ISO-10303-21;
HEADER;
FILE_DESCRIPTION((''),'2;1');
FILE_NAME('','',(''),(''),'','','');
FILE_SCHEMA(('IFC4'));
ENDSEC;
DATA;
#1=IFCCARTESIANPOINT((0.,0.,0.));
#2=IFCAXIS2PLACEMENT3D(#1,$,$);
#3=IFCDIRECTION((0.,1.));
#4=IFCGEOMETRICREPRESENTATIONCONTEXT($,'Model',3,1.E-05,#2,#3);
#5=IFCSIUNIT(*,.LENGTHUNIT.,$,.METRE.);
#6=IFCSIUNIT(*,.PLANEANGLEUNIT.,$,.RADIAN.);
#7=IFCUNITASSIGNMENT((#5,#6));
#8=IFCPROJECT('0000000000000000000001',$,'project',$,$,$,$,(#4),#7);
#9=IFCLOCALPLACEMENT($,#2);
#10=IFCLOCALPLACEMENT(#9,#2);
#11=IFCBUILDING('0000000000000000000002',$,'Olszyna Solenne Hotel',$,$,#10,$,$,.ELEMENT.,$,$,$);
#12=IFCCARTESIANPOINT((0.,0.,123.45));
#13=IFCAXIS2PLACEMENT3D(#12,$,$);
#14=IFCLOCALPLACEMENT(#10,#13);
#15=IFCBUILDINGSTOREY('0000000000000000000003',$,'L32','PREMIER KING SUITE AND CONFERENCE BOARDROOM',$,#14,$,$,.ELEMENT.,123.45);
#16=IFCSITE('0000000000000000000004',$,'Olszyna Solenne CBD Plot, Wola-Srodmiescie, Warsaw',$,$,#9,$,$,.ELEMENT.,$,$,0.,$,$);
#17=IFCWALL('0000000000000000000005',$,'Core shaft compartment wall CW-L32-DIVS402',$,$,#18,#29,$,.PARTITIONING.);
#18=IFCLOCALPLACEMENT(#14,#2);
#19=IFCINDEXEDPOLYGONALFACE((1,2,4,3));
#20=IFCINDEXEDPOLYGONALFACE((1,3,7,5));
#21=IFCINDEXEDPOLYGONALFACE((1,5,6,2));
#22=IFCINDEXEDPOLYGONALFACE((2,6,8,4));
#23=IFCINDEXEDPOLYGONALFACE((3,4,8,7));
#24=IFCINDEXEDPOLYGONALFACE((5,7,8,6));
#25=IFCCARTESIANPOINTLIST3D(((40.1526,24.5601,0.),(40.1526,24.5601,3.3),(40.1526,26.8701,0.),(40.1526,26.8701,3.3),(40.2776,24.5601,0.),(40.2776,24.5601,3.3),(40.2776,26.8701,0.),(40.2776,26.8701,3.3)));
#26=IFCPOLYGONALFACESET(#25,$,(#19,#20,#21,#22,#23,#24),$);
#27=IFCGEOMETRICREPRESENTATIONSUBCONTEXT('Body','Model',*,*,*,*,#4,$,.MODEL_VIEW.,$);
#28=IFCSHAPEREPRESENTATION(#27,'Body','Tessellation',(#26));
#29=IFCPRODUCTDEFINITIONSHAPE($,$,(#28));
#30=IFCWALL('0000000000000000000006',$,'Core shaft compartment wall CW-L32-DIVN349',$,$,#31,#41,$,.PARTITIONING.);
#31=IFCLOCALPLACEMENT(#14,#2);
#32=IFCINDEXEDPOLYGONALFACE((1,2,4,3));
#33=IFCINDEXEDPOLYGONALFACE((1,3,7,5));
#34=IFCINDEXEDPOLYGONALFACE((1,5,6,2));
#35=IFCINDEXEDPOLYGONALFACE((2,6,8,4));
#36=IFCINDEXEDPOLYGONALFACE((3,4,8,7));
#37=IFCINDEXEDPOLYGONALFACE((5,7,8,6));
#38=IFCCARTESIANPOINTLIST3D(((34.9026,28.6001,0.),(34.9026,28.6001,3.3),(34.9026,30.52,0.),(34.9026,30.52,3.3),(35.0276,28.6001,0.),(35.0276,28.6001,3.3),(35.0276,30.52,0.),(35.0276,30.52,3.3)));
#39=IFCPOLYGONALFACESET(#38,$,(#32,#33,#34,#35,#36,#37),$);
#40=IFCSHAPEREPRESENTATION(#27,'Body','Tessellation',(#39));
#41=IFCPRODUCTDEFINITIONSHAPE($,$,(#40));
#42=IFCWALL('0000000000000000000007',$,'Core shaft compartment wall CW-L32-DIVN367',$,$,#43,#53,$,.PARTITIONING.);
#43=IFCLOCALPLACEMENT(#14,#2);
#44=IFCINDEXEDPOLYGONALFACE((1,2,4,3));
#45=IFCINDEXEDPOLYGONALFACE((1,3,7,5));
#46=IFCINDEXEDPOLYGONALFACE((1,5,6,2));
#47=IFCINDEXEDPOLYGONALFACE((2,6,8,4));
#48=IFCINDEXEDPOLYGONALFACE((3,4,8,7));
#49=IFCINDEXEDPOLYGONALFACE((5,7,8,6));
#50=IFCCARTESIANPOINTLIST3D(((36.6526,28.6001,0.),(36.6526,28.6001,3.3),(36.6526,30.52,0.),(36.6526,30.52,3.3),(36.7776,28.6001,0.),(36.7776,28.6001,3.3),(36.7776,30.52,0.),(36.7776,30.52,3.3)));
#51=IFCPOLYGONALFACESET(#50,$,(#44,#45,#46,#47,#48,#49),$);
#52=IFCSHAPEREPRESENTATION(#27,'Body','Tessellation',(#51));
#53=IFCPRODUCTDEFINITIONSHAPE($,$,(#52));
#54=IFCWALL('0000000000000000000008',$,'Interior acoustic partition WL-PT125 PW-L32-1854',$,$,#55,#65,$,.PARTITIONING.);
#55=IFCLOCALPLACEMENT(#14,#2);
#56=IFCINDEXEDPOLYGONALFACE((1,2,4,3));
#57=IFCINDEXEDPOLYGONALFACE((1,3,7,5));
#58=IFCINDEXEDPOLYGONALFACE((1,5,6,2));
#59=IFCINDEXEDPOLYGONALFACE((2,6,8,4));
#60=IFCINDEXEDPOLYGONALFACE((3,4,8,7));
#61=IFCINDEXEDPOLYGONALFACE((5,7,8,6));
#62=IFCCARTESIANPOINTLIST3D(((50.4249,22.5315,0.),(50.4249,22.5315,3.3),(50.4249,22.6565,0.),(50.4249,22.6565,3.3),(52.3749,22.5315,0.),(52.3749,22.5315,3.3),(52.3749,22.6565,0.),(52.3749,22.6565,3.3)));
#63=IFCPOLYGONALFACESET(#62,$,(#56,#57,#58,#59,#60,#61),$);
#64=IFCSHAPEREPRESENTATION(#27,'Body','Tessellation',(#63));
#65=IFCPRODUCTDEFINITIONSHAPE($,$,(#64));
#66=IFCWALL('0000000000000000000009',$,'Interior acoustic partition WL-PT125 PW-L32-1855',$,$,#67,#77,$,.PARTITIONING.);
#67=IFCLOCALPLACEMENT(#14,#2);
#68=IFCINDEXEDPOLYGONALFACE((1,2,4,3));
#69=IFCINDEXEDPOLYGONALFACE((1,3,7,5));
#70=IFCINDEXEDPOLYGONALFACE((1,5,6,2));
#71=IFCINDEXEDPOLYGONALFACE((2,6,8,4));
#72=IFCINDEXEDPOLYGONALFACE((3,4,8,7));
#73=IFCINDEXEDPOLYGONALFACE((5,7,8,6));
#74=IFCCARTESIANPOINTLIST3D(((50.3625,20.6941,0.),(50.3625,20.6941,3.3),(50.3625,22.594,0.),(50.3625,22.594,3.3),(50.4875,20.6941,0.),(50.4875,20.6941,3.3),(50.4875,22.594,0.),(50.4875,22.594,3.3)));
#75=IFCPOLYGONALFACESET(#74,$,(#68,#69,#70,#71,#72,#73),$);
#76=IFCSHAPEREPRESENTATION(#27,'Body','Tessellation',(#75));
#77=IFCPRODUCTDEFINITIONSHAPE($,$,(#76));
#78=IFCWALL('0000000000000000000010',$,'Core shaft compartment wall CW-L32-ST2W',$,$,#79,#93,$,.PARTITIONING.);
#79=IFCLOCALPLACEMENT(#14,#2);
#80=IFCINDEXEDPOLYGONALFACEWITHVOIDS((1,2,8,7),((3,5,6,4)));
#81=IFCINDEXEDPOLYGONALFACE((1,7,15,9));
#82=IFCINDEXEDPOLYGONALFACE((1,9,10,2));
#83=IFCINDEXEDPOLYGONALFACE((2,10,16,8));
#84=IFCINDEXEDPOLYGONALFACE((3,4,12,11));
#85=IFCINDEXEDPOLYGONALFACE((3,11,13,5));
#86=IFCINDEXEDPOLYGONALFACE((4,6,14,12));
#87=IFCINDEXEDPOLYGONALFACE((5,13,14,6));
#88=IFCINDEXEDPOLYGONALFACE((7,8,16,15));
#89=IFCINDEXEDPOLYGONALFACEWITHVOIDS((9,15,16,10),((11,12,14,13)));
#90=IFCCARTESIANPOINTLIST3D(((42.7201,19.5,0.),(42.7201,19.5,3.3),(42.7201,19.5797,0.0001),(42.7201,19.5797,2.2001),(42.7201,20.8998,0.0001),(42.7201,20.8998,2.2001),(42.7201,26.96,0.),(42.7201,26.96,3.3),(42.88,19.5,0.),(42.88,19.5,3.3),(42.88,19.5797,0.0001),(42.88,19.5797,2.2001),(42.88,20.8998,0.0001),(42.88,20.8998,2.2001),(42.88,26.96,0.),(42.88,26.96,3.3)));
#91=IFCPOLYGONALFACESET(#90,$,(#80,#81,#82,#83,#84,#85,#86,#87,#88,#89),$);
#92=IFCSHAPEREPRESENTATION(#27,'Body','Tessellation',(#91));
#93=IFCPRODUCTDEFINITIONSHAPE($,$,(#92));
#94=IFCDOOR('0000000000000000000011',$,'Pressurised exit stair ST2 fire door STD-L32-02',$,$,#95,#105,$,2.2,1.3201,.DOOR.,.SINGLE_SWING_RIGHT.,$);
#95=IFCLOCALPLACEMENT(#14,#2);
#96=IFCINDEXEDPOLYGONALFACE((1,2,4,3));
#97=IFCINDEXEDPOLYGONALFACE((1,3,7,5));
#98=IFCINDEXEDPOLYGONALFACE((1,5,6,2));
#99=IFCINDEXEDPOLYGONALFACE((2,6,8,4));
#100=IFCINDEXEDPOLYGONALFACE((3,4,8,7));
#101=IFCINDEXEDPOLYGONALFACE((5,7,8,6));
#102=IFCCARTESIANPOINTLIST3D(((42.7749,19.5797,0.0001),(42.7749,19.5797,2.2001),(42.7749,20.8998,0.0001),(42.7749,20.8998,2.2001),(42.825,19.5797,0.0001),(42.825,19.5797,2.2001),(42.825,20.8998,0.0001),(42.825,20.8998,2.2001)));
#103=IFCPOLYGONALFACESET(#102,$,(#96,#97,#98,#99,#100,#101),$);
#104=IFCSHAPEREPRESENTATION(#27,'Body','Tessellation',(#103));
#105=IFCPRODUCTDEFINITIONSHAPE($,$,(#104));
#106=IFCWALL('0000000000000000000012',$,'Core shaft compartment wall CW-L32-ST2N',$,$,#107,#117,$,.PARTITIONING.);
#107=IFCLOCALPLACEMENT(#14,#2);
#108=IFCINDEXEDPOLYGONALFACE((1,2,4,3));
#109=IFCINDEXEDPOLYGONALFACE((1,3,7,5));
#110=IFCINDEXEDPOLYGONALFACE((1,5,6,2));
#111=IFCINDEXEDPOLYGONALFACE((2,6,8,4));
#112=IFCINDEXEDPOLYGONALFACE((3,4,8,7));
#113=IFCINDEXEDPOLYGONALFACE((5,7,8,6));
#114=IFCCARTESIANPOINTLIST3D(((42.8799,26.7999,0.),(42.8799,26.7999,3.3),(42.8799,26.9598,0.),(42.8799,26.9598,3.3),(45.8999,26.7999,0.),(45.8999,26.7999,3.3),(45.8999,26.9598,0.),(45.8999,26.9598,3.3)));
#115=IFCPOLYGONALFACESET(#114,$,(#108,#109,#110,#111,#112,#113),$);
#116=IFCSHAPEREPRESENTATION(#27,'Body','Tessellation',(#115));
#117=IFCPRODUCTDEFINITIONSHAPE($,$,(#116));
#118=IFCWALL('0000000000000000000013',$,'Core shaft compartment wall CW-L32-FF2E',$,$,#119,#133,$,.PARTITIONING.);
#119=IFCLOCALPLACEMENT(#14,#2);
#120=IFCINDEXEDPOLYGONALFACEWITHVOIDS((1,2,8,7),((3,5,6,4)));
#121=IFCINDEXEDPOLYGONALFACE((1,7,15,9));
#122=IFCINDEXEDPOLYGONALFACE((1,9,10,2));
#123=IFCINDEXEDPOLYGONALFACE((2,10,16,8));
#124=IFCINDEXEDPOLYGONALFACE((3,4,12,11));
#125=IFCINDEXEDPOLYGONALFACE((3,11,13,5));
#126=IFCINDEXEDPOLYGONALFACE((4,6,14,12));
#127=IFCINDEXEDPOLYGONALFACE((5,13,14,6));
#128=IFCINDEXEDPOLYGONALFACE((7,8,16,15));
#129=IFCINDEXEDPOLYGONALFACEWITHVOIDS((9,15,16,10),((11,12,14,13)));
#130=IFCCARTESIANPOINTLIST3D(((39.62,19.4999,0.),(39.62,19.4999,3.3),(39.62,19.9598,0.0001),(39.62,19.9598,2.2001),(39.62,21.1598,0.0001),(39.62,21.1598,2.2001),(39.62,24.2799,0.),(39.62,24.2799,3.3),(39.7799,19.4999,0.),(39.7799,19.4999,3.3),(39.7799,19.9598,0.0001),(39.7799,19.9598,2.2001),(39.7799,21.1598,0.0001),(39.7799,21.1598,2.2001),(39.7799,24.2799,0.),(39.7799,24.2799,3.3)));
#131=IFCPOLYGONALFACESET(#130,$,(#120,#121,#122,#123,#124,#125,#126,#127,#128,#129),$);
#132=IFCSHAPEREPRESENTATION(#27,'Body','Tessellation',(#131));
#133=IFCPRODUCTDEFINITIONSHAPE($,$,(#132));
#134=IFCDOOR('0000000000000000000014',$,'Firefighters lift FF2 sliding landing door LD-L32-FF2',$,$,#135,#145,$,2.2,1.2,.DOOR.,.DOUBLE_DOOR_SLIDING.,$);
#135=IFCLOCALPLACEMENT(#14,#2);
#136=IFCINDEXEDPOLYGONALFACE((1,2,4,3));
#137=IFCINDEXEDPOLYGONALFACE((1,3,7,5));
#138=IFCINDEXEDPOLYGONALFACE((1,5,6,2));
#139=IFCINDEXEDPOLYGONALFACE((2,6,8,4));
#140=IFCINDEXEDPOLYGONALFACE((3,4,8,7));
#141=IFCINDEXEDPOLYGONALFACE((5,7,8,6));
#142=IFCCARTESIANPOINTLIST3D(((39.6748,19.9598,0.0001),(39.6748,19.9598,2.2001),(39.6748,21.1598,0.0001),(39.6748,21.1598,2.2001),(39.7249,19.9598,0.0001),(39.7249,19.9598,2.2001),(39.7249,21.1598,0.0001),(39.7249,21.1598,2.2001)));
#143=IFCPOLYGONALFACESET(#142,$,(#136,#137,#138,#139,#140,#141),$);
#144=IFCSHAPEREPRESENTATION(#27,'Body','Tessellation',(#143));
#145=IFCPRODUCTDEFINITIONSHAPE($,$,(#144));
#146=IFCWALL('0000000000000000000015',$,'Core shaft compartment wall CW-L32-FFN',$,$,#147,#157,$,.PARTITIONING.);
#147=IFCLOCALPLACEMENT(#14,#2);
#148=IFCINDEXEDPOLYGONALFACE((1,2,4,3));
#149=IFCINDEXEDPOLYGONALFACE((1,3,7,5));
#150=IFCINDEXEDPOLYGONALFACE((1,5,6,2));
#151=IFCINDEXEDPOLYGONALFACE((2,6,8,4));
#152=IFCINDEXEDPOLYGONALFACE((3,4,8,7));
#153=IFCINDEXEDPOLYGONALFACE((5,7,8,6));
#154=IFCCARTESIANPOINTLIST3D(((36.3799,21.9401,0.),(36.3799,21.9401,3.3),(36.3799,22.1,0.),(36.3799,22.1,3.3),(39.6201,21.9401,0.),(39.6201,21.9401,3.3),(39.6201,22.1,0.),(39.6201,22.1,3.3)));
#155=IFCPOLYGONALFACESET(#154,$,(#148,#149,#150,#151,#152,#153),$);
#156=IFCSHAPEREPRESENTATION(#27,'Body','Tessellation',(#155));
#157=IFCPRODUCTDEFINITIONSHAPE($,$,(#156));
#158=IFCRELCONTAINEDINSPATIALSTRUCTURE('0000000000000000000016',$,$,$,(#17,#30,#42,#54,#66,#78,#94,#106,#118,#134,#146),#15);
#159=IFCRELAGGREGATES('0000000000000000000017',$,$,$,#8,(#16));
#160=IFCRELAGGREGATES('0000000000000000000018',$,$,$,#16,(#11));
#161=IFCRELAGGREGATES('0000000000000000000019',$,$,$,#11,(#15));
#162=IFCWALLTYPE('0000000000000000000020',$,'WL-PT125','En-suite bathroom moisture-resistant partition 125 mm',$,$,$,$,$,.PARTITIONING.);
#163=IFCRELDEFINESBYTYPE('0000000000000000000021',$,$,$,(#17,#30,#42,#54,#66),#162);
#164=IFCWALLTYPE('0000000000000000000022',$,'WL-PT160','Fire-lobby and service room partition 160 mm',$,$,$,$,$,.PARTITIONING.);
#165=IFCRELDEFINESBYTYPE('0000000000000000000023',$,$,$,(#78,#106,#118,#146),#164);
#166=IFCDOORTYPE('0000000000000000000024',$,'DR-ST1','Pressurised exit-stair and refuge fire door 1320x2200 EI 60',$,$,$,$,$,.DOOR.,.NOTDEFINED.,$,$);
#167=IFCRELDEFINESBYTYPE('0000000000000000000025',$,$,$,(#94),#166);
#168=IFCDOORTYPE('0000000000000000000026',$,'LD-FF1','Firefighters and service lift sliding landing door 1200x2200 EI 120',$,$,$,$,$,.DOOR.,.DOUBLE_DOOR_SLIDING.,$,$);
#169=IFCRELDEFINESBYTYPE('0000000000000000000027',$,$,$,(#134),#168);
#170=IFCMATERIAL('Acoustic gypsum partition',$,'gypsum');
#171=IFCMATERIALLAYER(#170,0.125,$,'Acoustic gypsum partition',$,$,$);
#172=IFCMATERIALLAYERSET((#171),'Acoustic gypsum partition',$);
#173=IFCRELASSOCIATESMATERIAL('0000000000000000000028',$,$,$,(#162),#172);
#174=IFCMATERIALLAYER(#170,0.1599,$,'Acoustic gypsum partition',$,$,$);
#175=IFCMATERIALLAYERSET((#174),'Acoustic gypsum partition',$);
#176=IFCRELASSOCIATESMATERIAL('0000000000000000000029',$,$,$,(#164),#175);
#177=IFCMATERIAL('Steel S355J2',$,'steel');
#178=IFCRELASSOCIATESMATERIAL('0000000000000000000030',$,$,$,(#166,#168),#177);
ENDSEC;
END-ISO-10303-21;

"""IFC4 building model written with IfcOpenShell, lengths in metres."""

from ifc_helpers import new_model, si_unit, direction, frame, frame_2d, origin, place, context, subcontext, project, spatial, rectangle, extrude, source, transform, mapped, material, layer, layer_set, type_object, type_shapes, element, fill, save


model = new_model("IFC4")

# Units and contexts
model_context = context("Model", 3, precision=1e-05, world=origin(), true_north=direction((0.0, 1.0)))
body_context = subcontext(model_context, "Body", "Model", "MODEL_VIEW")
ifc_project = project(units=[si_unit("LENGTHUNIT", "METRE"), si_unit("PLANEANGLEUNIT", "RADIAN")], contexts=[model_context])

# Site, building, storey
site_placement = place(None, origin())
site = spatial("IfcSite", under=ifc_project, at=site_placement, Name="Olszyna Solenne CBD Plot, Wola-Srodmiescie, Warsaw", CompositionType="ELEMENT", RefElevation=0.0)
building_placement = place(site_placement, origin())
building = spatial("IfcBuilding", under=site, at=building_placement, Name="Olszyna Solenne Hotel", CompositionType="ELEMENT")
storey_placement = place(building_placement, frame((0.0, 0.0, 123.45)))
storey = spatial("IfcBuildingStorey", under=building, at=storey_placement, Name="L32", Description="PREMIER KING SUITE AND CONFERENCE BOARDROOM", CompositionType="ELEMENT", Elevation=123.45)

# Shared definitions
ifc_material_1 = material(Name="Steel S355J2", Category="steel")

# Walls
ifc_material_2 = material(Name="Acoustic gypsum partition", Category="gypsum")
ifc_layer_1 = layer(ifc_material_2, 0.125, Name="Acoustic gypsum partition")
ifc_layer_set_1 = layer_set([ifc_layer_1], Name="Acoustic gypsum partition")
wall_type_1 = type_object("IfcWallType", Name="WL-PT125", Description="En-suite bathroom moisture-resistant partition 125 mm", PredefinedType="PARTITIONING", material=ifc_layer_set_1)
for number, where, z_axis, x_axis, name in (
    (1, (40.2151, 24.5601, 0.0), (0.0, 0.0, 1.0), (0.0, 1.0, 0.0), "Core shaft compartment wall CW-L32-DIVS402"),
):
    element("IfcWall", number, at=place(storey_placement, frame(where, z_axis=z_axis, x_axis=x_axis)), inside=storey, type_object=wall_type_1, Name=name, PredefinedType="PARTITIONING", context=body_context, shape_type="SweptSolid", body=[
        extrude(rectangle(XDim=2.3101, YDim=0.125, at=frame_2d((1.155, 0.0))), origin(), (0.0, 0.0, 1.0), 3.3),
    ])
for number, where, z_axis, x_axis, name in (
    (2, (34.9651, 28.6001, 0.0), (0.0, 0.0, 1.0), (0.0, 1.0, 0.0), "Core shaft compartment wall CW-L32-DIVN349"),
    (3, (36.7151, 28.6001, 0.0), (0.0, 0.0, 1.0), (0.0, 1.0, 0.0), "Core shaft compartment wall CW-L32-DIVN367"),
):
    element("IfcWall", number, at=place(storey_placement, frame(where, z_axis=z_axis, x_axis=x_axis)), inside=storey, type_object=wall_type_1, Name=name, PredefinedType="PARTITIONING", context=body_context, shape_type="SweptSolid", body=[
        extrude(rectangle(XDim=1.9199, YDim=0.125, at=frame_2d((0.96, 0.0))), origin(), (0.0, 0.0, 1.0), 3.3),
    ])
wall_1_placement = place(storey_placement, frame((52.375, 22.594, 0.0), z_axis=(0.0, 0.0, 1.0), x_axis=(-1.0, 0.0, 0.0)))
element("IfcWall", 4, at=wall_1_placement, inside=storey, type_object=wall_type_1, Name="Interior acoustic partition WL-PT125 PW-L32-1854", PredefinedType="PARTITIONING", context=body_context, shape_type="SweptSolid", body=[
    extrude(rectangle(XDim=1.95, YDim=0.125, at=frame_2d((0.9751, 0.0))), origin(), (0.0, 0.0, 1.0), 3.3),
])
wall_2_placement = place(storey_placement, frame((50.425, 22.594, 0.0), z_axis=(0.0, 0.0, 1.0), x_axis=(0.0, -1.0, 0.0)))
element("IfcWall", 5, at=wall_2_placement, inside=storey, type_object=wall_type_1, Name="Interior acoustic partition WL-PT125 PW-L32-1855", PredefinedType="PARTITIONING", context=body_context, shape_type="SweptSolid", body=[
    extrude(rectangle(XDim=1.8999, YDim=0.125, at=frame_2d((0.95, 0.0))), origin(), (0.0, 0.0, 1.0), 3.3),
])

# Wall, opening, door
ifc_layer_2 = layer(ifc_material_2, 0.1599, Name="Acoustic gypsum partition")
ifc_layer_set_2 = layer_set([ifc_layer_2], Name="Acoustic gypsum partition")
wall_type_2 = type_object("IfcWallType", Name="WL-PT160", Description="Fire-lobby and service room partition 160 mm", PredefinedType="PARTITIONING", material=ifc_layer_set_2)
wall_3_placement = place(storey_placement, frame((42.8, 26.96, 0.0), z_axis=(0.0, 0.0, 1.0), x_axis=(0.0, -1.0, 0.0)))
wall_3 = element("IfcWall", 6, at=wall_3_placement, inside=storey, type_object=wall_type_2, Name="Core shaft compartment wall CW-L32-ST2W", PredefinedType="PARTITIONING", context=body_context, shape_type="SweptSolid", body=[
    extrude(rectangle(XDim=7.46, YDim=0.1599, at=frame_2d((3.73, 0.0))), origin(), (0.0, 0.0, 1.0), 3.3),
])
opening_1_placement = place(wall_3_placement, frame((6.0601, 0.0, 0.0)))
opening_1 = element("IfcOpeningElement", 7, at=opening_1_placement, cuts=wall_3, PredefinedType="OPENING", context=body_context, shape_type="SweptSolid", body=[
    extrude(rectangle(XDim=1.3201, YDim=2.2, at=frame_2d((0.6602, 1.1001))), frame((0.0, 0.0898, 0.0), z_axis=(0.0, -1.0, 0.0), x_axis=(1.0, 0.0, 0.0)), (0.0, 0.0, 1.0), 0.1799),
])
door_type_1 = type_object("IfcDoorType", Name="DR-ST1", Description="Pressurised exit-stair and refuge fire door 1320x2200 EI 60", OperationType="NOTDEFINED", PredefinedType="DOOR", material=ifc_material_1)
shared_shape_1 = source(origin(), body_context, "Body", "SweptSolid", [
    extrude(rectangle(XDim=1.3201, YDim=2.2, at=frame_2d((0.6602, 1.1001))), frame((0.0, 0.0249, 0.0), z_axis=(0.0, -1.0, 0.0), x_axis=(1.0, 0.0, 0.0)), (0.0, 0.0, 1.0), 0.05),
])
type_shapes(door_type_1, [shared_shape_1])
door_1_placement = place(opening_1_placement, origin())
door_1 = element("IfcDoor", 8, at=door_1_placement, inside=storey, type_object=door_type_1, Name="Pressurised exit stair ST2 fire door STD-L32-02", OperationType="SINGLE_SWING_RIGHT", OverallHeight=2.2, OverallWidth=1.3201, PredefinedType="DOOR", context=body_context, shape_type="MappedRepresentation", body=[
    mapped(shared_shape_1, transform((0.0, 0.0, 0.0), x_axis=(1.0, 0.0, 0.0), y_axis=(0.0, 1.0, 0.0), z_axis=(0.0, 0.0, 1.0), scale=1.0)),
])
fill(opening_1, door_1)

# Wall
wall_4_placement = place(storey_placement, frame((42.8799, 26.8799, 0.0), z_axis=(0.0, 0.0, 1.0), x_axis=(1.0, 0.0, 0.0)))
element("IfcWall", 9, at=wall_4_placement, inside=storey, type_object=wall_type_2, Name="Core shaft compartment wall CW-L32-ST2N", PredefinedType="PARTITIONING", context=body_context, shape_type="SweptSolid", body=[
    extrude(rectangle(XDim=3.02, YDim=0.1599, at=frame_2d((1.51, 0.0))), origin(), (0.0, 0.0, 1.0), 3.3),
])

# Wall, opening, door
wall_5_placement = place(storey_placement, frame((39.7, 24.28, 0.0), z_axis=(0.0, 0.0, 1.0), x_axis=(0.0, -1.0, 0.0)))
wall_5 = element("IfcWall", 10, at=wall_5_placement, inside=storey, type_object=wall_type_2, Name="Core shaft compartment wall CW-L32-FF2E", PredefinedType="PARTITIONING", context=body_context, shape_type="SweptSolid", body=[
    extrude(rectangle(XDim=4.78, YDim=0.1599, at=frame_2d((2.3901, 0.0))), origin(), (0.0, 0.0, 1.0), 3.3),
])
opening_2_placement = place(wall_5_placement, frame((3.1201, 0.0, 0.0)))
opening_2 = element("IfcOpeningElement", 11, at=opening_2_placement, cuts=wall_5, PredefinedType="OPENING", context=body_context, shape_type="SweptSolid", body=[
    extrude(rectangle(XDim=1.2, YDim=2.2, at=frame_2d((0.6001, 1.1001))), frame((0.0, 0.0898, 0.0), z_axis=(0.0, -1.0, 0.0), x_axis=(1.0, 0.0, 0.0)), (0.0, 0.0, 1.0), 0.1799),
])
door_type_2 = type_object("IfcDoorType", Name="LD-FF1", Description="Firefighters and service lift sliding landing door 1200x2200 EI 120", OperationType="DOUBLE_DOOR_SLIDING", PredefinedType="DOOR", material=ifc_material_1)
shared_shape_2 = source(origin(), body_context, "Body", "SweptSolid", [
    extrude(rectangle(XDim=1.2, YDim=2.2, at=frame_2d((0.6001, 1.1001))), frame((0.0, 0.0249, 0.0), z_axis=(0.0, -1.0, 0.0), x_axis=(1.0, 0.0, 0.0)), (0.0, 0.0, 1.0), 0.05),
])
type_shapes(door_type_2, [shared_shape_2])
door_2_placement = place(opening_2_placement, origin())
door_2 = element("IfcDoor", 12, at=door_2_placement, inside=storey, type_object=door_type_2, Name="Firefighters lift FF2 sliding landing door LD-L32-FF2", OperationType="DOUBLE_DOOR_SLIDING", OverallHeight=2.2, OverallWidth=1.2, PredefinedType="DOOR", context=body_context, shape_type="MappedRepresentation", body=[
    mapped(shared_shape_2, transform((0.0, 0.0, 0.0), x_axis=(1.0, 0.0, 0.0), y_axis=(0.0, 1.0, 0.0), z_axis=(0.0, 0.0, 1.0), scale=1.0)),
])
fill(opening_2, door_2)

# Wall
wall_6_placement = place(storey_placement, frame((36.3799, 22.02, 0.0), z_axis=(0.0, 0.0, 1.0), x_axis=(1.0, 0.0, 0.0)))
element("IfcWall", 13, at=wall_6_placement, inside=storey, type_object=wall_type_2, Name="Core shaft compartment wall CW-L32-FFN", PredefinedType="PARTITIONING", context=body_context, shape_type="SweptSolid", body=[
    extrude(rectangle(XDim=3.2402, YDim=0.1599, at=frame_2d((1.6201, 0.0))), origin(), (0.0, 0.0, 1.0), 3.3),
])

save(model, "model.ifc")
